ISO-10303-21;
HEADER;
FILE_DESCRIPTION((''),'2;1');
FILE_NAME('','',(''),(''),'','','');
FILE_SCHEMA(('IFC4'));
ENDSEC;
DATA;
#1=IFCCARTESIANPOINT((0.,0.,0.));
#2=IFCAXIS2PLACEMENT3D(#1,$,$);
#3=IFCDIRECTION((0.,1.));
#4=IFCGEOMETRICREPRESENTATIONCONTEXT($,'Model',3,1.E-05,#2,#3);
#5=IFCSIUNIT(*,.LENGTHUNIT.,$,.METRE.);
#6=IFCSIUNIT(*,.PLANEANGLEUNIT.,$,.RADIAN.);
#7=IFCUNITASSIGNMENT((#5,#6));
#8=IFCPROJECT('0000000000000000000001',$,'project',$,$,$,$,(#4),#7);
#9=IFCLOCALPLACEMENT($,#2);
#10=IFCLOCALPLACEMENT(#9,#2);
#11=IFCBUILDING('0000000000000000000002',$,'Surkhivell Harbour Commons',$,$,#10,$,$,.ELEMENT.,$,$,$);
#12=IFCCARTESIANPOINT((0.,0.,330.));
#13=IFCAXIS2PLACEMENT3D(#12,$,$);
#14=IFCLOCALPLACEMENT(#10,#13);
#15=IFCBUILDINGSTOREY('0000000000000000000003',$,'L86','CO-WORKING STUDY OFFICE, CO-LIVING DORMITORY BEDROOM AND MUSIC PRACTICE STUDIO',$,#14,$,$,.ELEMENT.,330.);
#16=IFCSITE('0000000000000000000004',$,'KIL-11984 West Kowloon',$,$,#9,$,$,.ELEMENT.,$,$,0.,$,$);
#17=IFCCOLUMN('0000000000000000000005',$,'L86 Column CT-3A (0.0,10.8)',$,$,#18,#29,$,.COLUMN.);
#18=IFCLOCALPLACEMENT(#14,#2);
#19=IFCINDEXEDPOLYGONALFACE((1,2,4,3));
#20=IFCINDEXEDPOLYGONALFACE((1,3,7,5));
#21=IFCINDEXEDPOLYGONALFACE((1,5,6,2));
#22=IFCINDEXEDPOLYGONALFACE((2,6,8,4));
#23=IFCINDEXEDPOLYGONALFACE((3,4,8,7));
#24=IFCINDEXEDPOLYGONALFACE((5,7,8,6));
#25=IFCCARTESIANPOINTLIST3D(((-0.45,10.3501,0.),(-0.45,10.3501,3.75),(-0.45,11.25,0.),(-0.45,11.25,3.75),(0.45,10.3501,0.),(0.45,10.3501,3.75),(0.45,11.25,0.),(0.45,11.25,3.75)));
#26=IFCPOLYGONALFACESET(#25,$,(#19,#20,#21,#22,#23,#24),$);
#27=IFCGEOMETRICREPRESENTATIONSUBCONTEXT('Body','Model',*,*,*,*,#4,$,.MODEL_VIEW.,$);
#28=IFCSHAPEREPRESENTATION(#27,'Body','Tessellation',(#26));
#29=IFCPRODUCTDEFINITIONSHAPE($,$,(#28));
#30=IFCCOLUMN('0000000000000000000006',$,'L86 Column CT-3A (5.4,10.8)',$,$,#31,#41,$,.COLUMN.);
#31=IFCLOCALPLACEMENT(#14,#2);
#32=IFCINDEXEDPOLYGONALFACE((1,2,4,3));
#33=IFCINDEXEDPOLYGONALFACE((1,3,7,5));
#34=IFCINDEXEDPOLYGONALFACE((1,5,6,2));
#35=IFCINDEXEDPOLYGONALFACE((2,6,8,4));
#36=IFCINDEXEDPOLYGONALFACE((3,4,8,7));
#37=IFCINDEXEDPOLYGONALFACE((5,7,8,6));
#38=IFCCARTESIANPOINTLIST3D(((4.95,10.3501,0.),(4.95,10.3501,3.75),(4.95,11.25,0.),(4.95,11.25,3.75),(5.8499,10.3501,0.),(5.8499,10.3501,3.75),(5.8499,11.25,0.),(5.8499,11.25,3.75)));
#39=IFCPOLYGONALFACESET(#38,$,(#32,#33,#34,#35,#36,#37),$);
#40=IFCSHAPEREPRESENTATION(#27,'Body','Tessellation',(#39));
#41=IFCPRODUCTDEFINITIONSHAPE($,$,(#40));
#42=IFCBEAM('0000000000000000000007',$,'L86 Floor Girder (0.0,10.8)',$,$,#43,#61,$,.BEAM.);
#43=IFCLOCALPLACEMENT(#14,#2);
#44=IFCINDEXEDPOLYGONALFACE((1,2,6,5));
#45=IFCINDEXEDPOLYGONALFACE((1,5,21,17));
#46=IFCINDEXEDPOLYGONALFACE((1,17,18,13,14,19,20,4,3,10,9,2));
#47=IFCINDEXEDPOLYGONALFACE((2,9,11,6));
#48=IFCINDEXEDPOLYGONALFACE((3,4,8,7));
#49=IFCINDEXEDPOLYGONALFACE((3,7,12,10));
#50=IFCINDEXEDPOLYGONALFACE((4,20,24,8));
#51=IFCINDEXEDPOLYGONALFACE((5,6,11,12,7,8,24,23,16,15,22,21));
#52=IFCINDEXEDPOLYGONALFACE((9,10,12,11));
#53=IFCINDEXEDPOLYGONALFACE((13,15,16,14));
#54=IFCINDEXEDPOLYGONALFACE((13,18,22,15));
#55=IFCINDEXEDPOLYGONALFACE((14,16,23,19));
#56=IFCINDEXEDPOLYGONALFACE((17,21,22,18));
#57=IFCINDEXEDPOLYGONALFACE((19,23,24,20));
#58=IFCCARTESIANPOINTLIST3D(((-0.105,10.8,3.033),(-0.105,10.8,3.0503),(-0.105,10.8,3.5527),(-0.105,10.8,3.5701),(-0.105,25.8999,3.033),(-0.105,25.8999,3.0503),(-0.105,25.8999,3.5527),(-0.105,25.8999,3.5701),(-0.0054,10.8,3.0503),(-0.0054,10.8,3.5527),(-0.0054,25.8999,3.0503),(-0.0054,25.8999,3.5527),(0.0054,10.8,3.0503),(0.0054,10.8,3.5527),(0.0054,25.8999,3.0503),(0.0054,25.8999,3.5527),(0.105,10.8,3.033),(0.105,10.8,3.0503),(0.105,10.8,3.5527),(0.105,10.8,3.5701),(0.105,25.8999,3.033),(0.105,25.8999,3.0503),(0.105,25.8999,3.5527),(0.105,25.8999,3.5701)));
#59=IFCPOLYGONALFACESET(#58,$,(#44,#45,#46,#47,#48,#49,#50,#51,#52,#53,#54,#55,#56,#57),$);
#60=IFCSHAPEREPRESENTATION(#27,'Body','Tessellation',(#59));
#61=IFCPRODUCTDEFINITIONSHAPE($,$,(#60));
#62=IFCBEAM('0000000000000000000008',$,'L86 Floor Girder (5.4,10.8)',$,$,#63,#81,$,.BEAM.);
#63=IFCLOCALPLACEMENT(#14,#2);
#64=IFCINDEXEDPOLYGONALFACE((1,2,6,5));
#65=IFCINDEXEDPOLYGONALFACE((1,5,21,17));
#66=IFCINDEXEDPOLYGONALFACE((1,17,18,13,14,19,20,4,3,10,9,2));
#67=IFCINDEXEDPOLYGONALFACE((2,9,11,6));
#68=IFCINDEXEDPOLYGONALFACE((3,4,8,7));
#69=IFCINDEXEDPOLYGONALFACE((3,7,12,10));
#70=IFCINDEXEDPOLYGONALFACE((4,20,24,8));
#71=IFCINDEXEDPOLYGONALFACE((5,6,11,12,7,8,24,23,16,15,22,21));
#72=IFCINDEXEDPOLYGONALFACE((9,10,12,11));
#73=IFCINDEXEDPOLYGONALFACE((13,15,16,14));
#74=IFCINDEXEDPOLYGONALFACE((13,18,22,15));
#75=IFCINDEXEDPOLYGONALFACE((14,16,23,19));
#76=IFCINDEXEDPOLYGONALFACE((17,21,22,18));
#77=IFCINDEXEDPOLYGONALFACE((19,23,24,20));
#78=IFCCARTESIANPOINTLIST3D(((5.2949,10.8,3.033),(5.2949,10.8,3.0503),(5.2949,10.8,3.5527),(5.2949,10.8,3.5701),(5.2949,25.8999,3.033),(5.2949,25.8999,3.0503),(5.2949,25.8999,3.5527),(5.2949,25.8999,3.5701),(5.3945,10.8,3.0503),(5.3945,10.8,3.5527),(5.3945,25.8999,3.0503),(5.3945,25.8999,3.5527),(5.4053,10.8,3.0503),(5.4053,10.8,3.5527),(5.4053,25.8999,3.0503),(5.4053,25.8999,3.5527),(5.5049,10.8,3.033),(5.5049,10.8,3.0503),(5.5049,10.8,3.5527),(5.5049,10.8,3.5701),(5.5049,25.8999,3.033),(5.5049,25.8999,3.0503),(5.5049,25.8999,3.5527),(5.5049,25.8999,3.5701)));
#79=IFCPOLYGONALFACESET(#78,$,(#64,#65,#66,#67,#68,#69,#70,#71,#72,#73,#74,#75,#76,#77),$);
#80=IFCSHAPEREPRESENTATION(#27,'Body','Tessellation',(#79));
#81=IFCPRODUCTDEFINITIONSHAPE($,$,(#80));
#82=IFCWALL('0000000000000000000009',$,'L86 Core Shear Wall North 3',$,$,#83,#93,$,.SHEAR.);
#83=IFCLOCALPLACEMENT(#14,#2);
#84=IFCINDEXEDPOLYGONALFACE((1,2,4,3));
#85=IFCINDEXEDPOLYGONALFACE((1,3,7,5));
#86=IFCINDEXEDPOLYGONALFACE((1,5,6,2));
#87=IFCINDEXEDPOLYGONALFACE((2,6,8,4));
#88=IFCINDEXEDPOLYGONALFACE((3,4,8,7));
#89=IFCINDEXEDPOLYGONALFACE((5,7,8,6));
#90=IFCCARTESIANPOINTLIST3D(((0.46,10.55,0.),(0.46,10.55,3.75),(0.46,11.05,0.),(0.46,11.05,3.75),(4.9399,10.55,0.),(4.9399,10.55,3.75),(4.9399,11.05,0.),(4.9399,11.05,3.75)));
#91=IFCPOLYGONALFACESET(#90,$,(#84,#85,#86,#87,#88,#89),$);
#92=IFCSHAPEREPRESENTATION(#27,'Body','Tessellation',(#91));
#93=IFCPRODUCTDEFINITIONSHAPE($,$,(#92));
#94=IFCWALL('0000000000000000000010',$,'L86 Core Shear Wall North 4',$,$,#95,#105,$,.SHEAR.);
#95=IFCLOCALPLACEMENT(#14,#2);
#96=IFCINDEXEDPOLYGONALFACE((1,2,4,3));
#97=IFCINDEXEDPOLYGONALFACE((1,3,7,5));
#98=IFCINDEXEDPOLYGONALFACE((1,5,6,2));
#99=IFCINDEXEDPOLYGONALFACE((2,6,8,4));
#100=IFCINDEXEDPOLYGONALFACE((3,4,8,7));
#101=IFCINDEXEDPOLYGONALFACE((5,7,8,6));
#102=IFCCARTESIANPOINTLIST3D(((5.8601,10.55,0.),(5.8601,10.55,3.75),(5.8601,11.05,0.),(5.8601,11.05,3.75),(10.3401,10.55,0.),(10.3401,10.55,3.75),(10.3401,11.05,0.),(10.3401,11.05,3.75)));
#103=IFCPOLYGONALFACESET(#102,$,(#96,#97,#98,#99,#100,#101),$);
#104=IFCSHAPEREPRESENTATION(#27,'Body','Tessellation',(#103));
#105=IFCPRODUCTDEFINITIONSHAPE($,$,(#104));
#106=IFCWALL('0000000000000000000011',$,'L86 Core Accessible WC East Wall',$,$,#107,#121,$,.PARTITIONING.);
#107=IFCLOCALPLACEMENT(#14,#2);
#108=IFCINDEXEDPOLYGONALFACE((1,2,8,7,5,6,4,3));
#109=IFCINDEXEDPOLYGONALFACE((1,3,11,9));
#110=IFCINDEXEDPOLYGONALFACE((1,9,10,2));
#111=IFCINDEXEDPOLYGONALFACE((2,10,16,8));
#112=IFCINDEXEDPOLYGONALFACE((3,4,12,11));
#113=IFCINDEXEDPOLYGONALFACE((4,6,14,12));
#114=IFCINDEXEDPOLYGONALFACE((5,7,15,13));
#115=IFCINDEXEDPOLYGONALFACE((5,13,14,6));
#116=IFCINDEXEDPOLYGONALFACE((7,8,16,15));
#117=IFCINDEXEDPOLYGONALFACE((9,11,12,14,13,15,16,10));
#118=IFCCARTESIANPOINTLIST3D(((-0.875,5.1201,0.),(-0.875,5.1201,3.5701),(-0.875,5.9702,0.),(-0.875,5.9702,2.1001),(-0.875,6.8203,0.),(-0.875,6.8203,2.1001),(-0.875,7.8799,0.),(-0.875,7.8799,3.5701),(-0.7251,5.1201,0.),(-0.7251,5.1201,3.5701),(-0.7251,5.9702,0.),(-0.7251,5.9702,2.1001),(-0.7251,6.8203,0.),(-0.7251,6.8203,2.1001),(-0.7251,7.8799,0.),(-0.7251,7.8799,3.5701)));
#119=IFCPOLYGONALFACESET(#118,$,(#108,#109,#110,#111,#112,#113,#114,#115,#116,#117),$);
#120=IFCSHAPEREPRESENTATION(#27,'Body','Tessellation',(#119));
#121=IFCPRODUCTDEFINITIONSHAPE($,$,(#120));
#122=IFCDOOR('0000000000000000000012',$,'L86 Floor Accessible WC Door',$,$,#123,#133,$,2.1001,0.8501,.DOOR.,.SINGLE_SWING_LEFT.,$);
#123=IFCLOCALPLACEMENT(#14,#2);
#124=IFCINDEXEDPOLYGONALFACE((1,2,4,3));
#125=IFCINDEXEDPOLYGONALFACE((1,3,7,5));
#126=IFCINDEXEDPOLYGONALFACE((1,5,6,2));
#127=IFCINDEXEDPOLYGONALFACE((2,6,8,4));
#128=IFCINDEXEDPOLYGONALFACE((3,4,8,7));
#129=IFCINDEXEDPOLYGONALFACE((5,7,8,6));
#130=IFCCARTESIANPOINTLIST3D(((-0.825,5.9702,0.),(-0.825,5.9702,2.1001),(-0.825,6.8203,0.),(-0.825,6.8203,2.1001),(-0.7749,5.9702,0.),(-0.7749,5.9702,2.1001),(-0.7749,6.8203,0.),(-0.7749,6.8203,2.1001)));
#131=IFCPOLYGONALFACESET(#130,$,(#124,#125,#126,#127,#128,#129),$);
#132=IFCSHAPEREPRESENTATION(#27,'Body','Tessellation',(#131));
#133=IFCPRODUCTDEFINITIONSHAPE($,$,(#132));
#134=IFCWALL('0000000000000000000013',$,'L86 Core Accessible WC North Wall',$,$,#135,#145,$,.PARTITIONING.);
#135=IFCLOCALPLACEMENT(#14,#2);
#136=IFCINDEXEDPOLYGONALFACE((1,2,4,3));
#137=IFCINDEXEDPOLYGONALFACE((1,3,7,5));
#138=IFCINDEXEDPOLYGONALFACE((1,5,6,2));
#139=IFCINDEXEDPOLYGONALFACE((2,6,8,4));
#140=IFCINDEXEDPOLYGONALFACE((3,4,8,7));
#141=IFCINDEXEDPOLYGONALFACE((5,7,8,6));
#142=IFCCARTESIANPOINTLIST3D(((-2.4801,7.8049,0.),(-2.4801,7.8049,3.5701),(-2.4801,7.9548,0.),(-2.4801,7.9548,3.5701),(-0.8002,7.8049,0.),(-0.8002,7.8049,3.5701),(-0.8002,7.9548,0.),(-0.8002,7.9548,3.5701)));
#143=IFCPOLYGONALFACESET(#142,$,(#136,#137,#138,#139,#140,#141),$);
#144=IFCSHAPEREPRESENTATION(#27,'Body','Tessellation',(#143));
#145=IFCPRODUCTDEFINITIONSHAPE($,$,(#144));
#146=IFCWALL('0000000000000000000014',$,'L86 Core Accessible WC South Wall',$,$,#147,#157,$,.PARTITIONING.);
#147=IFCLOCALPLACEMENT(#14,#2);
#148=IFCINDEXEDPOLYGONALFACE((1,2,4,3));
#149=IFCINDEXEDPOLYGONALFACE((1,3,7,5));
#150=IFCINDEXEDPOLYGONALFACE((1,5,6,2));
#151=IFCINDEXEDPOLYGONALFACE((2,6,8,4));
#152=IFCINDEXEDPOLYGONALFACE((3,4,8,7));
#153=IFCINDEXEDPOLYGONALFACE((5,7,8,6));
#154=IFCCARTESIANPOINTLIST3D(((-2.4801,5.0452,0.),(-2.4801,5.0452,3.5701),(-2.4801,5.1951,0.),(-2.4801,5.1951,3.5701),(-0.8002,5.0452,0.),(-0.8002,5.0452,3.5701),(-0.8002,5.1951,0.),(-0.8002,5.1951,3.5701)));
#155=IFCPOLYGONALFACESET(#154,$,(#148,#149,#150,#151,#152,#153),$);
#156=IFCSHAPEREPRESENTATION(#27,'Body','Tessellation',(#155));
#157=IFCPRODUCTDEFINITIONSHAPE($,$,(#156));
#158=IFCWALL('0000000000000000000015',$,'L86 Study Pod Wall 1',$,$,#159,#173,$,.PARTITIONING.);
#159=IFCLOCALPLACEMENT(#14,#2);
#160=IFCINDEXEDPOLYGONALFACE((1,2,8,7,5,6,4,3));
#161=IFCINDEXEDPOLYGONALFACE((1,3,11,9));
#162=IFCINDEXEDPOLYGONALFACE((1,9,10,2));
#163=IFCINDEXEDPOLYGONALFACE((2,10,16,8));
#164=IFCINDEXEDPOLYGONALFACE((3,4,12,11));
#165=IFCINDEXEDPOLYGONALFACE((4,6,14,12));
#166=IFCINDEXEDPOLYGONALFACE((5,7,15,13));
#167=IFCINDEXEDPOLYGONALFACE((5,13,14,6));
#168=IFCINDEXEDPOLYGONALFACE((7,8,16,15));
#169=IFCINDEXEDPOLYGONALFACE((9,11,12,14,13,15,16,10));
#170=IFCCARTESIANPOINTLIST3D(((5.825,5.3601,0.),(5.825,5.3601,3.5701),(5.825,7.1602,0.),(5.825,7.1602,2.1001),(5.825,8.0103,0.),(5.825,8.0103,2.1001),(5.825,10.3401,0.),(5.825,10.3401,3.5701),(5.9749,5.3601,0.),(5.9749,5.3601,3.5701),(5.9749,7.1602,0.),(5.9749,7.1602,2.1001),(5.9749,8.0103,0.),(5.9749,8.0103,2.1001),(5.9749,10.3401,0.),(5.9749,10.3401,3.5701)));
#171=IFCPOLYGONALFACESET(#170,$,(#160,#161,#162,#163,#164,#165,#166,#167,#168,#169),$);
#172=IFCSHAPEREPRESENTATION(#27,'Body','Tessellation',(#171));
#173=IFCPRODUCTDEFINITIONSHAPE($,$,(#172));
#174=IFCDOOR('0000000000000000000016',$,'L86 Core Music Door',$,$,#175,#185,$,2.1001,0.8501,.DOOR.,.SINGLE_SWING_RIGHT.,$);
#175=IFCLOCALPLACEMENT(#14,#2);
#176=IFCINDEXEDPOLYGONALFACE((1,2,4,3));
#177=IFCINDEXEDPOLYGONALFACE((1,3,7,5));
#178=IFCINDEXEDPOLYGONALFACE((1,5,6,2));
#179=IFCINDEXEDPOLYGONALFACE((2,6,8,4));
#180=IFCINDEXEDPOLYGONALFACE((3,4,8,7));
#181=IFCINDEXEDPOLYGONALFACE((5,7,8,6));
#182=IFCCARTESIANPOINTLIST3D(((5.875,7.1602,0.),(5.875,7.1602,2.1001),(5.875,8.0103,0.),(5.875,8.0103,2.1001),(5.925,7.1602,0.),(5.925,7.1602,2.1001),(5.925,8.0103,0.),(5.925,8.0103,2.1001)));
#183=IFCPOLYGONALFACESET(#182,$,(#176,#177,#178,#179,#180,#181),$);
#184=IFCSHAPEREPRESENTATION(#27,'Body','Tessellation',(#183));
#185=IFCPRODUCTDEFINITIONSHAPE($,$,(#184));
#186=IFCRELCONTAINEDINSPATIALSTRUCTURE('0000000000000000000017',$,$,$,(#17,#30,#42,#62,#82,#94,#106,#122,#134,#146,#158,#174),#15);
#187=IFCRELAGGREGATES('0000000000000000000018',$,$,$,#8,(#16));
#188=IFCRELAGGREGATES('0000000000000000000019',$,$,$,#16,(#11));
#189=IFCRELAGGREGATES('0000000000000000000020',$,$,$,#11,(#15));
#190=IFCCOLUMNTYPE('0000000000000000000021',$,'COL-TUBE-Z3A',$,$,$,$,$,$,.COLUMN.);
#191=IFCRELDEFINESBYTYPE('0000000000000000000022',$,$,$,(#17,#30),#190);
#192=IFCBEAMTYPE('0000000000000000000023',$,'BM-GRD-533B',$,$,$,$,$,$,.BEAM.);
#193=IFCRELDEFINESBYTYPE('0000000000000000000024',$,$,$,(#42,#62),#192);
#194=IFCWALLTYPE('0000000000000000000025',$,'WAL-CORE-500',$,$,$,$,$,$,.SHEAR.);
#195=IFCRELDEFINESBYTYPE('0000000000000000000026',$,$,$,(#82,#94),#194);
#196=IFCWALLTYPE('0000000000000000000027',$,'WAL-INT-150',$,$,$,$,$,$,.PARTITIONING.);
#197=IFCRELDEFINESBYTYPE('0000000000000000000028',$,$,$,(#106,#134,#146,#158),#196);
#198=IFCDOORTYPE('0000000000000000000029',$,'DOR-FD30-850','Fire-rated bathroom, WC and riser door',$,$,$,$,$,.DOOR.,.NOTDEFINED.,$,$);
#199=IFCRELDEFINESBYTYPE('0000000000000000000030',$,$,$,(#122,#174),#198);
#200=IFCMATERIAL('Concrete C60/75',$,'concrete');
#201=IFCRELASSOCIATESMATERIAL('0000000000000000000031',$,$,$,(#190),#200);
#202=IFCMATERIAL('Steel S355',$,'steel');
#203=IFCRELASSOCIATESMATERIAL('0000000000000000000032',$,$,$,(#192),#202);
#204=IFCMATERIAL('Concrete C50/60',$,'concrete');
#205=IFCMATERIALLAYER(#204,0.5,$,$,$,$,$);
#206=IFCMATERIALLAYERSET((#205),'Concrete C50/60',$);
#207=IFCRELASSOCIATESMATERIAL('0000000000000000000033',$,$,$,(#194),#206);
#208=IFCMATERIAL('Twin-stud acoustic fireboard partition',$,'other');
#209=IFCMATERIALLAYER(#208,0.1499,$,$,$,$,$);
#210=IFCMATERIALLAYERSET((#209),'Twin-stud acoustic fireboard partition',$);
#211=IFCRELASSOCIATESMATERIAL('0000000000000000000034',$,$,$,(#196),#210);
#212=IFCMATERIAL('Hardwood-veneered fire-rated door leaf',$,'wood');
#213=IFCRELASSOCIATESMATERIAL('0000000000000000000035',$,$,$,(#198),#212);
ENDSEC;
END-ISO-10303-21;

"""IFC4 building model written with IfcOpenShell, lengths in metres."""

from ifc_helpers import new_model, si_unit, direction, frame, frame_2d, origin, origin_2d, place, context, subcontext, project, spatial, rectangle, i_section, extrude, material, layer, layer_set, material_profile, profile_set, type_object, element, fill, save


model = new_model("IFC4")

# Units and contexts
model_context = context("Model", 3, precision=1e-05, world=origin(), true_north=direction((0.0, 1.0)))
body_context = subcontext(model_context, "Body", "Model", "MODEL_VIEW")
ifc_project = project(units=[si_unit("LENGTHUNIT", "METRE"), si_unit("PLANEANGLEUNIT", "RADIAN")], contexts=[model_context])

# Site, building, storey
site_placement = place(None, origin())
site = spatial("IfcSite", under=ifc_project, at=site_placement, Name="KIL-11984 West Kowloon", CompositionType="ELEMENT", RefElevation=0.0)
building_placement = place(site_placement, origin())
building = spatial("IfcBuilding", under=site, at=building_placement, Name="Surkhivell Harbour Commons", CompositionType="ELEMENT")
storey_placement = place(building_placement, frame((0.0, 0.0, 330.0)))
storey = spatial("IfcBuildingStorey", under=building, at=storey_placement, Name="L86", Description="CO-WORKING STUDY OFFICE, CO-LIVING DORMITORY BEDROOM AND MUSIC PRACTICE STUDIO", CompositionType="ELEMENT", Elevation=330.0)

# Columns
ifc_material_1 = material(Name="Concrete C60/75", Category="concrete")
ifc_material_profile_1 = material_profile(ifc_material_1, rectangle(XDim=0.8999, YDim=0.8999, at=origin_2d()), Name="RC-COL-900x900")
ifc_profile_set_1 = profile_set([ifc_material_profile_1], Name="Concrete C60/75")
column_type = type_object("IfcColumnType", Name="COL-TUBE-Z3A", PredefinedType="COLUMN", material=ifc_profile_set_1)
for number, where, z_axis, x_axis, name in (
    (1, (0.0, 10.8, 0.0), (0.0, 0.0, 1.0), (1.0, 0.0, 0.0), "L86 Column CT-3A (0.0,10.8)"),
    (2, (5.3999, 10.8, 0.0), (0.0, 0.0, 1.0), (1.0, 0.0, 0.0), "L86 Column CT-3A (5.4,10.8)"),
):
    element("IfcColumn", number, at=place(storey_placement, frame(where, z_axis=z_axis, x_axis=x_axis)), inside=storey, type_object=column_type, Name=name, PredefinedType="COLUMN", context=body_context, shape_type="SweptSolid", body=[
        extrude(rectangle(XDim=0.8999, YDim=0.8999, at=origin_2d()), origin(), (0.0, 0.0, 1.0), 3.75),
    ])

# Beams
ifc_material_2 = material(Name="Steel S355", Category="steel")
ifc_material_profile_2 = material_profile(ifc_material_2, i_section(OverallWidth=0.21, OverallDepth=0.5371, WebThickness=0.0107, FlangeThickness=0.0173, at=origin_2d()), Name="UB533x210x101")
ifc_profile_set_2 = profile_set([ifc_material_profile_2], Name="Steel S355")
beam_type = type_object("IfcBeamType", Name="BM-GRD-533B", PredefinedType="BEAM", material=ifc_profile_set_2)
for number, where, z_axis, x_axis, name in (
    (3, (0.0, 10.8, 3.3015), (0.0, 1.0, 0.0), (-1.0, 0.0, 0.0), "L86 Floor Girder (0.0,10.8)"),
    (4, (5.3999, 10.8, 3.3015), (0.0, 1.0, 0.0), (-1.0, 0.0, 0.0), "L86 Floor Girder (5.4,10.8)"),
):
    element("IfcBeam", number, at=place(storey_placement, frame(where, z_axis=z_axis, x_axis=x_axis)), inside=storey, type_object=beam_type, Name=name, PredefinedType="BEAM", context=body_context, shape_type="SweptSolid", body=[
        extrude(i_section(OverallWidth=0.21, OverallDepth=0.5371, WebThickness=0.0107, FlangeThickness=0.0173, at=origin_2d()), origin(), (0.0, 0.0, 1.0), 15.0999),
    ])

# Walls
ifc_material_3 = material(Name="Concrete C50/60", Category="concrete")
ifc_layer_1 = layer(ifc_material_3, 0.5)
ifc_layer_set_1 = layer_set([ifc_layer_1], Name="Concrete C50/60")
wall_type_1 = type_object("IfcWallType", Name="WAL-CORE-500", PredefinedType="SHEAR", material=ifc_layer_set_1)
for number, where, z_axis, x_axis, name in (
    (5, (0.46, 10.8, 0.0), (0.0, 0.0, 1.0), (1.0, 0.0, 0.0), "L86 Core Shear Wall North 3"),
    (6, (5.8601, 10.8, 0.0), (0.0, 0.0, 1.0), (1.0, 0.0, 0.0), "L86 Core Shear Wall North 4"),
):
    element("IfcWall", number, at=place(storey_placement, frame(where, z_axis=z_axis, x_axis=x_axis)), inside=storey, type_object=wall_type_1, Name=name, PredefinedType="SHEAR", context=body_context, shape_type="SweptSolid", body=[
        extrude(rectangle(XDim=4.48, YDim=0.5, at=frame_2d((2.24, 0.0))), origin(), (0.0, 0.0, 1.0), 3.75),
    ])

# Wall, opening, door
ifc_material_4 = material(Name="Twin-stud acoustic fireboard partition", Category="other")
ifc_layer_2 = layer(ifc_material_4, 0.1499)
ifc_layer_set_2 = layer_set([ifc_layer_2], Name="Twin-stud acoustic fireboard partition")
wall_type_2 = type_object("IfcWallType", Name="WAL-INT-150", PredefinedType="PARTITIONING", material=ifc_layer_set_2)
wall_1_placement = place(storey_placement, frame((-0.8, 5.1201, 0.0), z_axis=(0.0, 0.0, 1.0), x_axis=(0.0, 1.0, 0.0)))
wall_1 = element("IfcWall", 7, at=wall_1_placement, inside=storey, type_object=wall_type_2, Name="L86 Core Accessible WC East Wall", PredefinedType="PARTITIONING", context=body_context, shape_type="SweptSolid", body=[
    extrude(rectangle(XDim=2.7598, YDim=0.1499, at=frame_2d((1.3799, 0.0))), origin(), (0.0, 0.0, 1.0), 3.5701),
])
opening_1_placement = place(wall_1_placement, frame((0.8501, 0.0, 0.0)))
opening_1 = element("IfcOpeningElement", 8, at=opening_1_placement, cuts=wall_1, PredefinedType="OPENING", context=body_context, shape_type="SweptSolid", body=[
    extrude(rectangle(XDim=0.8501, YDim=2.1001, at=frame_2d((0.425, 1.05))), frame((0.0, 0.085, 0.0), z_axis=(0.0, -1.0, 0.0), x_axis=(1.0, 0.0, 0.0)), (0.0, 0.0, 1.0), 0.1699),
])
ifc_material_5 = material(Name="Hardwood-veneered fire-rated door leaf", Category="wood")
door_type_1 = type_object("IfcDoorType", Name="DOR-FD30-850", Description="Fire-rated bathroom, WC and riser door", OperationType="NOTDEFINED", PredefinedType="DOOR", material=ifc_material_5)
door_1_placement = place(opening_1_placement, origin())
door_1 = element("IfcDoor", 9, at=door_1_placement, inside=storey, type_object=door_type_1, Name="L86 Floor Accessible WC Door", OperationType="SINGLE_SWING_LEFT", OverallHeight=2.1001, OverallWidth=0.8501, PredefinedType="DOOR", context=body_context, shape_type="SweptSolid", body=[
    extrude(rectangle(XDim=0.8501, YDim=2.1001, at=frame_2d((0.425, 1.05))), frame((0.0, 0.0249, 0.0), z_axis=(0.0, -1.0, 0.0), x_axis=(1.0, 0.0, 0.0)), (0.0, 0.0, 1.0), 0.05),
])
fill(opening_1, door_1)

# Walls
for number, where, z_axis, x_axis, name in (
    (10, (-2.48, 7.8799, 0.0), (0.0, 0.0, 1.0), (1.0, 0.0, 0.0), "L86 Core Accessible WC North Wall"),
    (11, (-2.48, 5.1201, 0.0), (0.0, 0.0, 1.0), (1.0, 0.0, 0.0), "L86 Core Accessible WC South Wall"),
):
    element("IfcWall", number, at=place(storey_placement, frame(where, z_axis=z_axis, x_axis=x_axis)), inside=storey, type_object=wall_type_2, Name=name, PredefinedType="PARTITIONING", context=body_context, shape_type="SweptSolid", body=[
        extrude(rectangle(XDim=1.6799, YDim=0.1499, at=frame_2d((0.8398, 0.0))), origin(), (0.0, 0.0, 1.0), 3.5701),
    ])

# Wall, opening, door
wall_2_placement = place(storey_placement, frame((5.8999, 5.3601, 0.0), z_axis=(0.0, 0.0, 1.0), x_axis=(0.0, 1.0, 0.0)))
wall_2 = element("IfcWall", 12, at=wall_2_placement, inside=storey, type_object=wall_type_2, Name="L86 Study Pod Wall 1", PredefinedType="PARTITIONING", context=body_context, shape_type="SweptSolid", body=[
    extrude(rectangle(XDim=4.98, YDim=0.1499, at=frame_2d((2.49, 0.0))), origin(), (0.0, 0.0, 1.0), 3.5701),
])
opening_2_placement = place(wall_2_placement, frame((1.8, 0.0, 0.0)))
opening_2 = element("IfcOpeningElement", 13, at=opening_2_placement, cuts=wall_2, PredefinedType="OPENING", context=body_context, shape_type="SweptSolid", body=[
    extrude(rectangle(XDim=0.8501, YDim=2.1001, at=frame_2d((0.425, 1.05))), frame((0.0, 0.085, 0.0), z_axis=(0.0, -1.0, 0.0), x_axis=(1.0, 0.0, 0.0)), (0.0, 0.0, 1.0), 0.1699),
])
door_2_placement = place(opening_2_placement, origin())
door_2 = element("IfcDoor", 14, at=door_2_placement, inside=storey, type_object=door_type_1, Name="L86 Core Music Door", OperationType="SINGLE_SWING_RIGHT", OverallHeight=2.1001, OverallWidth=0.8501, PredefinedType="DOOR", context=body_context, shape_type="SweptSolid", body=[
    extrude(rectangle(XDim=0.8501, YDim=2.1001, at=frame_2d((0.425, 1.05))), frame((0.0, 0.0249, 0.0), z_axis=(0.0, -1.0, 0.0), x_axis=(1.0, 0.0, 0.0)), (0.0, 0.0, 1.0), 0.05),
])
fill(opening_2, door_2)

save(model, "model.ifc")
